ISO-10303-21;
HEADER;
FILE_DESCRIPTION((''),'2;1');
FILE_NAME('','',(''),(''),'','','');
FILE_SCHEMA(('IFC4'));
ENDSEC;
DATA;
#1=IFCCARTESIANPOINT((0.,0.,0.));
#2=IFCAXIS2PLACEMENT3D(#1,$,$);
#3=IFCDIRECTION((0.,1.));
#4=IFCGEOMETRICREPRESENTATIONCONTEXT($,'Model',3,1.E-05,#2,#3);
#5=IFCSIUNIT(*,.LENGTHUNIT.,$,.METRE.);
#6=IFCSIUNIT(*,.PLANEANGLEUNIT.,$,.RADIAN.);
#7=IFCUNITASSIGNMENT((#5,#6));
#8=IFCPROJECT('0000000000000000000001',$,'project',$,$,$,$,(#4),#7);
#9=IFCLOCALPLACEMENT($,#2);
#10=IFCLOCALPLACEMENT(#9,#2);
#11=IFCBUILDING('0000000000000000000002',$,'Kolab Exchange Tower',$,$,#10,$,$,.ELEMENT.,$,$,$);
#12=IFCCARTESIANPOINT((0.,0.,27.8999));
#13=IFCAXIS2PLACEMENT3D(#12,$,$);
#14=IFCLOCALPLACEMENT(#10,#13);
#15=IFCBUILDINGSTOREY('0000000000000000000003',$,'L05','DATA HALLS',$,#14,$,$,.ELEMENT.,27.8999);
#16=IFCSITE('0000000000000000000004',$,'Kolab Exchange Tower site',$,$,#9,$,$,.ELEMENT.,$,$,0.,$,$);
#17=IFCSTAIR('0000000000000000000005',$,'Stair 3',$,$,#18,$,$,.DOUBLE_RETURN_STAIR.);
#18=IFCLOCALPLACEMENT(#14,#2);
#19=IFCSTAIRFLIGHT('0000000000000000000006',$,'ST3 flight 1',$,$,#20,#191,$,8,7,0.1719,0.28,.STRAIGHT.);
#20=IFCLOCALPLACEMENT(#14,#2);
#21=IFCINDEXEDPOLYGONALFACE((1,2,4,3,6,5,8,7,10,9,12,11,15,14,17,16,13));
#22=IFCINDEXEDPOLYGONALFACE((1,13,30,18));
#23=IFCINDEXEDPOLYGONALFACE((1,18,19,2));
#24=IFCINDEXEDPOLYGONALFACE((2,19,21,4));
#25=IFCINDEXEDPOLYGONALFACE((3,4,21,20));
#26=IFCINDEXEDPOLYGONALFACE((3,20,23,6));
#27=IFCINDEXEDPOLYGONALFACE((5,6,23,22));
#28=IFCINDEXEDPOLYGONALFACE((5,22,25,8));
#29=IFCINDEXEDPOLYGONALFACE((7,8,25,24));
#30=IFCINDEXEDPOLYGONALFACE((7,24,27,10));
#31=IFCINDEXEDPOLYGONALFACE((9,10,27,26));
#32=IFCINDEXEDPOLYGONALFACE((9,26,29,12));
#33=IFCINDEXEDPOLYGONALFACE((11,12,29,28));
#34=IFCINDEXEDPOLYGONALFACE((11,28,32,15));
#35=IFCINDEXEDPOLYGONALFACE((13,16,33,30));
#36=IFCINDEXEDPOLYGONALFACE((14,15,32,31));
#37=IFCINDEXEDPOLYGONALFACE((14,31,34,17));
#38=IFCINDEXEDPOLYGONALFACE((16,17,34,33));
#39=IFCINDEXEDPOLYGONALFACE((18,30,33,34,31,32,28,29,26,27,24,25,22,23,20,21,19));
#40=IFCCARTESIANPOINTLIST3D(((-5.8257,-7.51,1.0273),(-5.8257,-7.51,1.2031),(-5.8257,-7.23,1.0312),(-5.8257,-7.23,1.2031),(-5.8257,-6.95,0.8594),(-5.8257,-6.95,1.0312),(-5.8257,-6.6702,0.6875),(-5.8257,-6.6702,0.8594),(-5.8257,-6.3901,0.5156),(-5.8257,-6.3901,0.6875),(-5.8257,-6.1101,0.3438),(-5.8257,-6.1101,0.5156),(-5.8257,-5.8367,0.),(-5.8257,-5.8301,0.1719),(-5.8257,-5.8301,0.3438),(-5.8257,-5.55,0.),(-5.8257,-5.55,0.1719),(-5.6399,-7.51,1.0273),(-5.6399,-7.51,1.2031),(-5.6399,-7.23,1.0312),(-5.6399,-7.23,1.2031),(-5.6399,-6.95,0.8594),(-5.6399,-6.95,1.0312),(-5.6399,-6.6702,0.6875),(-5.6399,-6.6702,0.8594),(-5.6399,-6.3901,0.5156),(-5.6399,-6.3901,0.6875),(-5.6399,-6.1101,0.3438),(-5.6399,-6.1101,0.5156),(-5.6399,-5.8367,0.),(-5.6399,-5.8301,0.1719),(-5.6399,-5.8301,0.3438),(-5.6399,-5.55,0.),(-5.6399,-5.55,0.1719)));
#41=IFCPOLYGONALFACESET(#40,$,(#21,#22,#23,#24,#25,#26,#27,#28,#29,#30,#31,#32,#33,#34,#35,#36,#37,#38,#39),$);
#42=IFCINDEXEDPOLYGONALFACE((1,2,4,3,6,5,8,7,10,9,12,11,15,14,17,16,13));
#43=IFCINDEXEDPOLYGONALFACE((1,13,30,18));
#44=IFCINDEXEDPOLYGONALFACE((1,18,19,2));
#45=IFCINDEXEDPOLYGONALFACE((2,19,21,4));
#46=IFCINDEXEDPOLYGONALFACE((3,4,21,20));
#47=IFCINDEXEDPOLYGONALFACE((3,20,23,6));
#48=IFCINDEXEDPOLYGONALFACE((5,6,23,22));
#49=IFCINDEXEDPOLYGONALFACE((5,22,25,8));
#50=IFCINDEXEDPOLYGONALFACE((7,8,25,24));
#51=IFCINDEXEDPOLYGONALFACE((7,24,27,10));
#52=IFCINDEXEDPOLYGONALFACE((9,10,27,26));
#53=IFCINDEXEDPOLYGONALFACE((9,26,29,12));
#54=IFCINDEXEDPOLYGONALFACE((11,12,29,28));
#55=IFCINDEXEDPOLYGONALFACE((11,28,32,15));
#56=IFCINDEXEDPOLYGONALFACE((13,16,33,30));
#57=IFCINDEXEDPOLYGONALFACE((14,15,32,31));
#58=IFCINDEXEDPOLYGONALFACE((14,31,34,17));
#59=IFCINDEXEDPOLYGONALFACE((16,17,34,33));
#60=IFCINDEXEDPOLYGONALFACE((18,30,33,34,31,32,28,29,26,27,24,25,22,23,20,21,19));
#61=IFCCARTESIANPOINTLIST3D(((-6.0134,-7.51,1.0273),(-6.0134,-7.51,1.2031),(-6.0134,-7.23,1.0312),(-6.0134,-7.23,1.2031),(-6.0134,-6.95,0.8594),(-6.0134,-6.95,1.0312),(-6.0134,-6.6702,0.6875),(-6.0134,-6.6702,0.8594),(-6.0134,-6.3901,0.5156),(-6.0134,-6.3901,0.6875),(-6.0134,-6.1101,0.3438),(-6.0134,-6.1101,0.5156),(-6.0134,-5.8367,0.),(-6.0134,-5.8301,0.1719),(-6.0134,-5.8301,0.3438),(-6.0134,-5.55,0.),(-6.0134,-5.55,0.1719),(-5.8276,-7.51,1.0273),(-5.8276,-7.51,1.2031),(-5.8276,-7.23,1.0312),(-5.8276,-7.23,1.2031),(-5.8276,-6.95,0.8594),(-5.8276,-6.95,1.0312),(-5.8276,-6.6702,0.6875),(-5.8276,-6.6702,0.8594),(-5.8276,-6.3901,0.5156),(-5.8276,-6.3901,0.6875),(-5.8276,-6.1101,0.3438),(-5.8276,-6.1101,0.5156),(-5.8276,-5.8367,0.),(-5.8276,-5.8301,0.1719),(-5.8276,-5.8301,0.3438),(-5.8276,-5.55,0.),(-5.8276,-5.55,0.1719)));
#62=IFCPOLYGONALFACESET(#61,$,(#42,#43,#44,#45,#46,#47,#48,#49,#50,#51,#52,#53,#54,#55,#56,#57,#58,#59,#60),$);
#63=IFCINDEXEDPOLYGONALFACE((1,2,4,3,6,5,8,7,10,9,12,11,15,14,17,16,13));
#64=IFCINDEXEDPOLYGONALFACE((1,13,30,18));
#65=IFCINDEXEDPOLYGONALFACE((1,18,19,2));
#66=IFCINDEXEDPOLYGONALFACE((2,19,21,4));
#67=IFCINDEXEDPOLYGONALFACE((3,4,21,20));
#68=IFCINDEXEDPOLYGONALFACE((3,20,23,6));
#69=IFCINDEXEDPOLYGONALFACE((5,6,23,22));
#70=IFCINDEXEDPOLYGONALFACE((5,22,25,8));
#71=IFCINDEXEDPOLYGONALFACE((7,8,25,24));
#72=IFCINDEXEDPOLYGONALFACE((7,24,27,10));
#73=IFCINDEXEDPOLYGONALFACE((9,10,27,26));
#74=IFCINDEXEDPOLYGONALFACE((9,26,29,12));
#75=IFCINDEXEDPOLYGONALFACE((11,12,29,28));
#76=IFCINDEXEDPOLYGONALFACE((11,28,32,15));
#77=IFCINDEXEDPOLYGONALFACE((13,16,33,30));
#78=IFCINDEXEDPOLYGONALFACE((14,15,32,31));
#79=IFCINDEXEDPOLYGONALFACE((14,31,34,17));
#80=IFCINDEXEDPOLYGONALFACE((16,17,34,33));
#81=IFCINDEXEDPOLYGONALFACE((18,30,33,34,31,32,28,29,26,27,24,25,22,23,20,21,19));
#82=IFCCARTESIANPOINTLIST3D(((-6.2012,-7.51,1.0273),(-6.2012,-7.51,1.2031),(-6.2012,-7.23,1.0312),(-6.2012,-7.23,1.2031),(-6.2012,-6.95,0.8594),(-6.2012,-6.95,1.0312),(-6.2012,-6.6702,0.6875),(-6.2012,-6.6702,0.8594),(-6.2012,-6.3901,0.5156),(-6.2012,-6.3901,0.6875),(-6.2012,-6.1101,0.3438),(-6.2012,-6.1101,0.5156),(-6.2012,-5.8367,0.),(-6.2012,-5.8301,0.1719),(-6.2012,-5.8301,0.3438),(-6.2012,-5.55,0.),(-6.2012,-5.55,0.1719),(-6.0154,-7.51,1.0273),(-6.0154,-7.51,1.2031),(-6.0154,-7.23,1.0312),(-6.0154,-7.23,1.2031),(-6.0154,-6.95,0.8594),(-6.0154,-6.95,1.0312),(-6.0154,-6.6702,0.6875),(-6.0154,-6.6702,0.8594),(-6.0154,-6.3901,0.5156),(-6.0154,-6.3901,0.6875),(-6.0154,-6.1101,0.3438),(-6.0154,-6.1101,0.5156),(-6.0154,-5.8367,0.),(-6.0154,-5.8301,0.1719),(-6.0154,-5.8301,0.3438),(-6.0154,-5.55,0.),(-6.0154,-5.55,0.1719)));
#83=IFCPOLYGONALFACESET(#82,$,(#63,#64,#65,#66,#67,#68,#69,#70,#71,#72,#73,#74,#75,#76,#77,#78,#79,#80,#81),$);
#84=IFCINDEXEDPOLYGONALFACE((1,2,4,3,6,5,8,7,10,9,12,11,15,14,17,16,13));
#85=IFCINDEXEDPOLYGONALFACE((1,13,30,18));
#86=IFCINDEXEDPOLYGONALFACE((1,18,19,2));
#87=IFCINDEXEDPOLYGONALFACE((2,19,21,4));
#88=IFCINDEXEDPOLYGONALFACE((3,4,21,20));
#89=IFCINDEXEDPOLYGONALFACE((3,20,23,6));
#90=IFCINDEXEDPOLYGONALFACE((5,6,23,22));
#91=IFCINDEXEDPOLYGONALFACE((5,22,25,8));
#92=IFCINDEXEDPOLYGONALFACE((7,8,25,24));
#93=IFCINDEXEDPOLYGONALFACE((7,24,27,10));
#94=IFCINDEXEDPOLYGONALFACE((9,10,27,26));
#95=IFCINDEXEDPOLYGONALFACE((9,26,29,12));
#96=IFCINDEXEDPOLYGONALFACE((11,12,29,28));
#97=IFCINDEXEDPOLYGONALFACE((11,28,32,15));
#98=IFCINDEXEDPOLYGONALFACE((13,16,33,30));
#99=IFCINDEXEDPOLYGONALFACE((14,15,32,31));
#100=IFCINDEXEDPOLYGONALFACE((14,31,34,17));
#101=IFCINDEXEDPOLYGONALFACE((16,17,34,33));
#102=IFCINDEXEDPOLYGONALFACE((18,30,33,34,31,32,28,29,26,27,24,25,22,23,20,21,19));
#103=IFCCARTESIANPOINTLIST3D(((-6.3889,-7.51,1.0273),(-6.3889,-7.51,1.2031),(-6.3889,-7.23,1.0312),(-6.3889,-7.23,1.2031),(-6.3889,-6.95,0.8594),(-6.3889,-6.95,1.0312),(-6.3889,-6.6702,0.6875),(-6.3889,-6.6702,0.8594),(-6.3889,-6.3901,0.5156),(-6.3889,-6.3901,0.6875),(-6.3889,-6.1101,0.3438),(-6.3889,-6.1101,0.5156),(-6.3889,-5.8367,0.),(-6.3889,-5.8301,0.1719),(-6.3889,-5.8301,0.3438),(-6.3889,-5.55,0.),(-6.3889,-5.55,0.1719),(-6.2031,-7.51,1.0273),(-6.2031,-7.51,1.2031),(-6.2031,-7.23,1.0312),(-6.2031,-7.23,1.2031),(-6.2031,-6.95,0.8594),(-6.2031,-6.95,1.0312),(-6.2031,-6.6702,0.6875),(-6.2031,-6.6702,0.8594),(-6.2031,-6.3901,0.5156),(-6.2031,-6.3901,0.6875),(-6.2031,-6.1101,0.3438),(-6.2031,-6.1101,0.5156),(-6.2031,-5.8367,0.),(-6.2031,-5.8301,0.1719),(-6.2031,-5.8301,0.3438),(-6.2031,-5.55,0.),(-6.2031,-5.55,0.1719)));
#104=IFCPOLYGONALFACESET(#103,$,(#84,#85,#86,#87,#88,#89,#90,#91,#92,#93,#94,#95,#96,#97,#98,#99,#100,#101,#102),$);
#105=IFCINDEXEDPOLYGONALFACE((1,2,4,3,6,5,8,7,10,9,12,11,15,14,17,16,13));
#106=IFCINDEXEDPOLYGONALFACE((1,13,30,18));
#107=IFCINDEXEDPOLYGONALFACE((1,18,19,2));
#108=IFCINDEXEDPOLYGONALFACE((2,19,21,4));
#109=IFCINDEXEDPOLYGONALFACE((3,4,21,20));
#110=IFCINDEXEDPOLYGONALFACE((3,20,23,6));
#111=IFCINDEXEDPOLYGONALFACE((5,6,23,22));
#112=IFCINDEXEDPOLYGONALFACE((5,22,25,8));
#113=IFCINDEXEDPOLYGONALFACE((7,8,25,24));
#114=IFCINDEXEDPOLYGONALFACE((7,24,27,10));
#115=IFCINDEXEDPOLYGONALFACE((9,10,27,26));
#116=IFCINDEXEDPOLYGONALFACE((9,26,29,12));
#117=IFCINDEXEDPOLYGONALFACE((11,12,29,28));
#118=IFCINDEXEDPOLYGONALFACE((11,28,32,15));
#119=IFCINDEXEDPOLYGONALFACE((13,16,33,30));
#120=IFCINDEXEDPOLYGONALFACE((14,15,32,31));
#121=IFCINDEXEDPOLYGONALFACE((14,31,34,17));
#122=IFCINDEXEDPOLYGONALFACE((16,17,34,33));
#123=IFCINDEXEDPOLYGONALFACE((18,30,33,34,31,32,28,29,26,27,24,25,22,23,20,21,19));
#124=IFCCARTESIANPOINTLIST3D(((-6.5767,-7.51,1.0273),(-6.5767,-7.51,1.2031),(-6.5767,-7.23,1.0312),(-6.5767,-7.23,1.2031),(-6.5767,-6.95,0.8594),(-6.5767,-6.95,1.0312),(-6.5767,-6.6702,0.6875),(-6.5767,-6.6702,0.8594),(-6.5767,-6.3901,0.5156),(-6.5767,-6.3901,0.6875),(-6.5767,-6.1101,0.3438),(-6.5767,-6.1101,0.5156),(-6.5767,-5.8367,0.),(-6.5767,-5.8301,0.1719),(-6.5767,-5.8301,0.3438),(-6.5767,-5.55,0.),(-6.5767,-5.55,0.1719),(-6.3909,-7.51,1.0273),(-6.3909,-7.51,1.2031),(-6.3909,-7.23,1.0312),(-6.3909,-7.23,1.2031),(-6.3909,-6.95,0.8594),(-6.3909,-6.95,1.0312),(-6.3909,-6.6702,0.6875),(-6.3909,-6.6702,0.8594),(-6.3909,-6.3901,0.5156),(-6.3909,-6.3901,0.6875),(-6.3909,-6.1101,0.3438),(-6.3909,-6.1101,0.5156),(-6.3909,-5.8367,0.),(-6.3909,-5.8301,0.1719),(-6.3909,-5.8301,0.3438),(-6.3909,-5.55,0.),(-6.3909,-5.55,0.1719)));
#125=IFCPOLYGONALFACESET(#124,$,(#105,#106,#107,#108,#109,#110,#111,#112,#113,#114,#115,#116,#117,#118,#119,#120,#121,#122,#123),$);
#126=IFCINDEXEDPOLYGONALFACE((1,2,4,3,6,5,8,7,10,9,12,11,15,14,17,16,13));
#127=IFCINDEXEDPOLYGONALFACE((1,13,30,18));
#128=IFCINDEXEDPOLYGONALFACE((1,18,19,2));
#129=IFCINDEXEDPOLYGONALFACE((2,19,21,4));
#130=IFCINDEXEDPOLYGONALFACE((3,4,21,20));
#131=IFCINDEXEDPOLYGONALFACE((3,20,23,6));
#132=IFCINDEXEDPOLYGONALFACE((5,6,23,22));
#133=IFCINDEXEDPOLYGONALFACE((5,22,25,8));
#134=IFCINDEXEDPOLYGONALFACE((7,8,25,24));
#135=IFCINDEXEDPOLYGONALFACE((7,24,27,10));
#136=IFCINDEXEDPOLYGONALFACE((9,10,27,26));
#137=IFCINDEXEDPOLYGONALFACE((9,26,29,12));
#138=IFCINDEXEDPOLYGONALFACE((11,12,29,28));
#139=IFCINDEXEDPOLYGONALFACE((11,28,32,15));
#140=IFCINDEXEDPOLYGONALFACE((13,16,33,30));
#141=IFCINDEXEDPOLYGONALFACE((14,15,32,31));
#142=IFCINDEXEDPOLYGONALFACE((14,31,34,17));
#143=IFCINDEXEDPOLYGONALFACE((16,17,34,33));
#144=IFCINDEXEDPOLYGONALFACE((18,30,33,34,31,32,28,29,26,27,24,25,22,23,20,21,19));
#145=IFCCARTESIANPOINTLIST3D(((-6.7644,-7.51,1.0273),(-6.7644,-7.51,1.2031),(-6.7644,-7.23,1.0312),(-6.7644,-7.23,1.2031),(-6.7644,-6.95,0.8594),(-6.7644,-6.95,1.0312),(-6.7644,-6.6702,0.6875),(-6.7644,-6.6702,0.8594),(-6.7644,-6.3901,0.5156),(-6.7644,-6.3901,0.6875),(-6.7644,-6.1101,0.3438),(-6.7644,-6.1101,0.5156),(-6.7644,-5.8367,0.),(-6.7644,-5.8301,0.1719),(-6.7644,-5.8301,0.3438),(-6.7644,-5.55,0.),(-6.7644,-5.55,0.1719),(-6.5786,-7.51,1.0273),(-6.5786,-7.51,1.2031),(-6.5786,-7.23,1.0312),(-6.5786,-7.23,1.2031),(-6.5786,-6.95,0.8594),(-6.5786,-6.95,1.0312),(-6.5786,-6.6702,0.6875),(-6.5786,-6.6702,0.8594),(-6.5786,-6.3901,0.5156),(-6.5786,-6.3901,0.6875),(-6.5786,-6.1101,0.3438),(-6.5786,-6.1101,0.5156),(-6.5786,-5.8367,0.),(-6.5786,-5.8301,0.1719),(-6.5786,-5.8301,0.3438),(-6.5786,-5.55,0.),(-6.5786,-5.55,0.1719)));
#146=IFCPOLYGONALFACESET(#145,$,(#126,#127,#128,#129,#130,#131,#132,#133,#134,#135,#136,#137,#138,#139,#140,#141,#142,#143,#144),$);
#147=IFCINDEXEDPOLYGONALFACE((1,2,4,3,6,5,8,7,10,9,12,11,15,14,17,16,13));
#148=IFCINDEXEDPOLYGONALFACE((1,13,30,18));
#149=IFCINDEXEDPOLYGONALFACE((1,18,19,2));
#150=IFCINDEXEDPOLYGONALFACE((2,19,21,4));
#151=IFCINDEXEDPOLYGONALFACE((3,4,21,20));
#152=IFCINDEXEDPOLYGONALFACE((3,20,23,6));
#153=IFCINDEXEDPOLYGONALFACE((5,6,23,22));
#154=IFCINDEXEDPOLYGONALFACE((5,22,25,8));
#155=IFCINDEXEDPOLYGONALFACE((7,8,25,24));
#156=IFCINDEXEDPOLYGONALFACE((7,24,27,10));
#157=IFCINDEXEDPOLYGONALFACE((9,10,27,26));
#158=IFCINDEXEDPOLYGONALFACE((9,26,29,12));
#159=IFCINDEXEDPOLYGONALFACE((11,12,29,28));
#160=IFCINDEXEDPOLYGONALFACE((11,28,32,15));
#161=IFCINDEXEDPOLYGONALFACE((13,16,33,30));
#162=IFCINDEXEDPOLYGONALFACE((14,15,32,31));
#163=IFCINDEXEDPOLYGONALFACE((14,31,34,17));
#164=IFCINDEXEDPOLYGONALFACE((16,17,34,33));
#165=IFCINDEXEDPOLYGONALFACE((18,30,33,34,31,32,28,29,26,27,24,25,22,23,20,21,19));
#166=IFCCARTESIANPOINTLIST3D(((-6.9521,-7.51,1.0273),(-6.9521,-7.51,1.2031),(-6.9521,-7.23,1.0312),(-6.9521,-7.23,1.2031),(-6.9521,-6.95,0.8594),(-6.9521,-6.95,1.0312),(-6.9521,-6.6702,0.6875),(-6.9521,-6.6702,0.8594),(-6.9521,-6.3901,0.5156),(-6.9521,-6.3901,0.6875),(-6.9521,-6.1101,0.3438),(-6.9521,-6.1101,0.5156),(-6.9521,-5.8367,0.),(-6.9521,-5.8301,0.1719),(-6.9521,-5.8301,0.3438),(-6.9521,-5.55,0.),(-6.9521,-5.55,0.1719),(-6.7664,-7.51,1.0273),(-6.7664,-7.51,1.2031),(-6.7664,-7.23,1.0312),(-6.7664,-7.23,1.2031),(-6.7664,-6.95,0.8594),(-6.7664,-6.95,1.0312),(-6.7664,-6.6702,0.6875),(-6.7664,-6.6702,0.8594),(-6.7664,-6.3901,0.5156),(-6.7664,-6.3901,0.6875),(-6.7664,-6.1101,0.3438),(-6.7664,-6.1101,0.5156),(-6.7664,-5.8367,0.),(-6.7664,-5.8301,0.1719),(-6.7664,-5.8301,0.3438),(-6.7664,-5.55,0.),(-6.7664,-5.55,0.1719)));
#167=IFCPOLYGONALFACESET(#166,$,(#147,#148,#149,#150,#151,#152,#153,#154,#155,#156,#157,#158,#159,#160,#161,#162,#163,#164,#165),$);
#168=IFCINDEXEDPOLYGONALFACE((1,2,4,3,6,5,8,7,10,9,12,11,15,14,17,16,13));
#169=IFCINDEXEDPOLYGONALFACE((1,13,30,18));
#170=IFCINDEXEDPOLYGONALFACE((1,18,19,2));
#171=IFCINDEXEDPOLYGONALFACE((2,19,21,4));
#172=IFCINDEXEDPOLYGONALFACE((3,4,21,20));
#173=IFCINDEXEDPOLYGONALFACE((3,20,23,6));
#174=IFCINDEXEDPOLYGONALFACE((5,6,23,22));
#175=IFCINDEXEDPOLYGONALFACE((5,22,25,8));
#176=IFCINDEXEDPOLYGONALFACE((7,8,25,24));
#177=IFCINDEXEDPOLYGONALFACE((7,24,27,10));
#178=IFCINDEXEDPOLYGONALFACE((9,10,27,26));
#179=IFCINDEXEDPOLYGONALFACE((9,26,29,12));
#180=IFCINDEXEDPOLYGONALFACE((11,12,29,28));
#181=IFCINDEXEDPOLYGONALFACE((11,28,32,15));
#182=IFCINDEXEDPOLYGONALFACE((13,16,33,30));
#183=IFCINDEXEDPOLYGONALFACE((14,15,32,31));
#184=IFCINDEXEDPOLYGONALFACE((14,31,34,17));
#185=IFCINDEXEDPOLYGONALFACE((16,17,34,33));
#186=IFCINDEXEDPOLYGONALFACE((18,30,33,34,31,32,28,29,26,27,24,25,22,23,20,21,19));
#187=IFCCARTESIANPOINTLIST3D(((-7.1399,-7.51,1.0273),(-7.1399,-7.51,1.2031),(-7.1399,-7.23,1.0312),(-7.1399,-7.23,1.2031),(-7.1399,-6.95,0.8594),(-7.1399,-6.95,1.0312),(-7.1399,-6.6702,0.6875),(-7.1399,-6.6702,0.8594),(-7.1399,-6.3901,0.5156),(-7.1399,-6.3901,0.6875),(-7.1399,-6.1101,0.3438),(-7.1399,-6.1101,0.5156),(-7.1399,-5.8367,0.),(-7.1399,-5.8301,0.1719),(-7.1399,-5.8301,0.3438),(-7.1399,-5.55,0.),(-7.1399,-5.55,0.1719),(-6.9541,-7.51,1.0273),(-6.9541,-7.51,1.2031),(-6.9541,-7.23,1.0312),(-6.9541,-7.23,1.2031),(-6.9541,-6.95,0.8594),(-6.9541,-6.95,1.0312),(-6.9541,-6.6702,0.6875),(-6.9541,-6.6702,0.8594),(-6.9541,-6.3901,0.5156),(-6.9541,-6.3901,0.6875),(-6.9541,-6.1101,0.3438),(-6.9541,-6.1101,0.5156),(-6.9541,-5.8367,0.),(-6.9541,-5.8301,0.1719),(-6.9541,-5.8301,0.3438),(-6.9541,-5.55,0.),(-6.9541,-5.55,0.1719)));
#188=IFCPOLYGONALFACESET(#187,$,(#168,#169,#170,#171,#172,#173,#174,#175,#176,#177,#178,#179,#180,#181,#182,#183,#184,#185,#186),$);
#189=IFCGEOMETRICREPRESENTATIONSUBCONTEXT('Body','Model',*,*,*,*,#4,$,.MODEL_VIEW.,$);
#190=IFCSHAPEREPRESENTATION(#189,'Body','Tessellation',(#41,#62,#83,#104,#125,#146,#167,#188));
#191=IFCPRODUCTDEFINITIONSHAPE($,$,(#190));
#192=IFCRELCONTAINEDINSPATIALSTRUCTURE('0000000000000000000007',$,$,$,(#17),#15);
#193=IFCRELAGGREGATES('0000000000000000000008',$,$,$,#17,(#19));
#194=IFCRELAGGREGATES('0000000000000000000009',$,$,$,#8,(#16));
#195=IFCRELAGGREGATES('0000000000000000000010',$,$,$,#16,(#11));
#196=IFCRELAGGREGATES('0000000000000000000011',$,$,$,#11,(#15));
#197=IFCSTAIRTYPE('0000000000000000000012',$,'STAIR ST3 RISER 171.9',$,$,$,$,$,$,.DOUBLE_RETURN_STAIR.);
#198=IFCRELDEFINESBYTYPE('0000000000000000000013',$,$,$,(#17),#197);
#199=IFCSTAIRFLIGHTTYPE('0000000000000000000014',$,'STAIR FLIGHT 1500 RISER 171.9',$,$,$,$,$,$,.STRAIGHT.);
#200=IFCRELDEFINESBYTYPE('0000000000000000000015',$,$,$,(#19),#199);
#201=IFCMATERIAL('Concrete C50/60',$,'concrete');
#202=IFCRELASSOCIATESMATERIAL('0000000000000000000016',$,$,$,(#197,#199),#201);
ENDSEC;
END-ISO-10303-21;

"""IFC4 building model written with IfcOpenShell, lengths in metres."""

from ifc_helpers import new_model, si_unit, direction, frame, origin, place, context, subcontext, project, spatial, polyline, outline, extrude, material, type_object, element, aggregate, save


model = new_model("IFC4")

# Units and contexts
model_context = context("Model", 3, precision=1e-05, world=origin(), true_north=direction((0.0, 1.0)))
body_context = subcontext(model_context, "Body", "Model", "MODEL_VIEW")
ifc_project = project(units=[si_unit("LENGTHUNIT", "METRE"), si_unit("PLANEANGLEUNIT", "RADIAN")], contexts=[model_context])

# Site, building, storey
site_placement = place(None, origin())
site = spatial("IfcSite", under=ifc_project, at=site_placement, Name="Kolab Exchange Tower site", CompositionType="ELEMENT", RefElevation=0.0)
building_placement = place(site_placement, origin())
building = spatial("IfcBuilding", under=site, at=building_placement, Name="Kolab Exchange Tower", CompositionType="ELEMENT")
storey_placement = place(building_placement, frame((0.0, 0.0, 27.8999)))
storey = spatial("IfcBuildingStorey", under=building, at=storey_placement, Name="L05", Description="DATA HALLS", CompositionType="ELEMENT", Elevation=27.8999)

# Shared definitions
ifc_material_1 = material(Name="Concrete C50/60", Category="concrete")

# Stair, stair flight
stair_type = type_object("IfcStairType", Name="STAIR ST3 RISER 171.9", PredefinedType="DOUBLE_RETURN_STAIR", material=ifc_material_1)
stair_placement = place(storey_placement, origin())
stair = element("IfcStair", 1, at=stair_placement, inside=storey, type_object=stair_type, Name="Stair 3", PredefinedType="DOUBLE_RETURN_STAIR")
stair_flight_type = type_object("IfcStairFlightType", Name="STAIR FLIGHT 1500 RISER 171.9", PredefinedType="STRAIGHT", material=ifc_material_1)
stair_flight_1_placement = place(storey_placement, frame((-6.3899, -5.55, 0.0), z_axis=(0.0, 0.0, 1.0), x_axis=(0.0, -1.0, 0.0)))
stair_flight_1 = element("IfcStairFlight", 2, at=stair_flight_1_placement, type_object=stair_flight_type, Name="ST3 flight 1", NumberOfRisers=8, NumberOfTreads=7, PredefinedType="STRAIGHT", RiserHeight=0.1719, TreadLength=0.28, context=body_context, shape_type="SweptSolid", body=[
    extrude(outline(polyline([(0.0, 0.0), (0.0, 0.1719), (0.28, 0.1719), (0.28, 0.3438), (0.5601, 0.3438), (0.5601, 0.5156), (0.8401, 0.5156), (0.8401, 0.6875), (1.1201, 0.6875), (1.1201, 0.8594), (1.3999, 0.8594), (1.3999, 1.0312), (1.6799, 1.0312), (1.6799, 1.2031), (1.96, 1.2031), (1.96, 1.375), (1.96, 1.0273), (0.2866, 0.0), (0.0, 0.0)])), frame((0.0, 0.75, 0.0), z_axis=(0.0, -1.0, 0.0), x_axis=(1.0, 0.0, 0.0)), (0.0, 0.0, 1.0), 0.1858),
    extrude(outline(polyline([(0.0, 0.0), (0.0, 0.1719), (0.28, 0.1719), (0.28, 0.3438), (0.5601, 0.3438), (0.5601, 0.5156), (0.8401, 0.5156), (0.8401, 0.6875), (1.1201, 0.6875), (1.1201, 0.8594), (1.3999, 0.8594), (1.3999, 1.0312), (1.6799, 1.0312), (1.6799, 1.2031), (1.96, 1.2031), (1.96, 1.375), (1.96, 1.0273), (0.2866, 0.0), (0.0, 0.0)])), frame((0.0, 0.5623, 0.0), z_axis=(0.0, -1.0, 0.0), x_axis=(1.0, 0.0, 0.0)), (0.0, 0.0, 1.0), 0.1858),
    extrude(outline(polyline([(0.0, 0.0), (0.0, 0.1719), (0.28, 0.1719), (0.28, 0.3438), (0.5601, 0.3438), (0.5601, 0.5156), (0.8401, 0.5156), (0.8401, 0.6875), (1.1201, 0.6875), (1.1201, 0.8594), (1.3999, 0.8594), (1.3999, 1.0312), (1.6799, 1.0312), (1.6799, 1.2031), (1.96, 1.2031), (1.96, 1.375), (1.96, 1.0273), (0.2866, 0.0), (0.0, 0.0)])), frame((0.0, 0.3745, 0.0), z_axis=(0.0, -1.0, 0.0), x_axis=(1.0, 0.0, 0.0)), (0.0, 0.0, 1.0), 0.1858),
    extrude(outline(polyline([(0.0, 0.0), (0.0, 0.1719), (0.28, 0.1719), (0.28, 0.3438), (0.5601, 0.3438), (0.5601, 0.5156), (0.8401, 0.5156), (0.8401, 0.6875), (1.1201, 0.6875), (1.1201, 0.8594), (1.3999, 0.8594), (1.3999, 1.0312), (1.6799, 1.0312), (1.6799, 1.2031), (1.96, 1.2031), (1.96, 1.375), (1.96, 1.0273), (0.2866, 0.0), (0.0, 0.0)])), frame((0.0, 0.1868, 0.0), z_axis=(0.0, -1.0, 0.0), x_axis=(1.0, 0.0, 0.0)), (0.0, 0.0, 1.0), 0.1858),
    extrude(outline(polyline([(0.0, 0.0), (0.0, 0.1719), (0.28, 0.1719), (0.28, 0.3438), (0.5601, 0.3438), (0.5601, 0.5156), (0.8401, 0.5156), (0.8401, 0.6875), (1.1201, 0.6875), (1.1201, 0.8594), (1.3999, 0.8594), (1.3999, 1.0312), (1.6799, 1.0312), (1.6799, 1.2031), (1.96, 1.2031), (1.96, 1.375), (1.96, 1.0273), (0.2866, 0.0), (0.0, 0.0)])), frame((0.0, -0.001, 0.0), z_axis=(0.0, -1.0, 0.0), x_axis=(1.0, 0.0, 0.0)), (0.0, 0.0, 1.0), 0.1858),
    extrude(outline(polyline([(0.0, 0.0), (0.0, 0.1719), (0.28, 0.1719), (0.28, 0.3438), (0.5601, 0.3438), (0.5601, 0.5156), (0.8401, 0.5156), (0.8401, 0.6875), (1.1201, 0.6875), (1.1201, 0.8594), (1.3999, 0.8594), (1.3999, 1.0312), (1.6799, 1.0312), (1.6799, 1.2031), (1.96, 1.2031), (1.96, 1.375), (1.96, 1.0273), (0.2866, 0.0), (0.0, 0.0)])), frame((0.0, -0.1887, 0.0), z_axis=(0.0, -1.0, 0.0), x_axis=(1.0, 0.0, 0.0)), (0.0, 0.0, 1.0), 0.1858),
    extrude(outline(polyline([(0.0, 0.0), (0.0, 0.1719), (0.28, 0.1719), (0.28, 0.3438), (0.5601, 0.3438), (0.5601, 0.5156), (0.8401, 0.5156), (0.8401, 0.6875), (1.1201, 0.6875), (1.1201, 0.8594), (1.3999, 0.8594), (1.3999, 1.0312), (1.6799, 1.0312), (1.6799, 1.2031), (1.96, 1.2031), (1.96, 1.375), (1.96, 1.0273), (0.2866, 0.0), (0.0, 0.0)])), frame((0.0, -0.3765, 0.0), z_axis=(0.0, -1.0, 0.0), x_axis=(1.0, 0.0, 0.0)), (0.0, 0.0, 1.0), 0.1858),
    extrude(outline(polyline([(0.0, 0.0), (0.0, 0.1719), (0.28, 0.1719), (0.28, 0.3438), (0.5601, 0.3438), (0.5601, 0.5156), (0.8401, 0.5156), (0.8401, 0.6875), (1.1201, 0.6875), (1.1201, 0.8594), (1.3999, 0.8594), (1.3999, 1.0312), (1.6799, 1.0312), (1.6799, 1.2031), (1.96, 1.2031), (1.96, 1.375), (1.96, 1.0273), (0.2866, 0.0), (0.0, 0.0)])), frame((0.0, -0.5642, 0.0), z_axis=(0.0, -1.0, 0.0), x_axis=(1.0, 0.0, 0.0)), (0.0, 0.0, 1.0), 0.1858),
])
aggregate(stair, [stair_flight_1])

save(model, "model.ifc")
